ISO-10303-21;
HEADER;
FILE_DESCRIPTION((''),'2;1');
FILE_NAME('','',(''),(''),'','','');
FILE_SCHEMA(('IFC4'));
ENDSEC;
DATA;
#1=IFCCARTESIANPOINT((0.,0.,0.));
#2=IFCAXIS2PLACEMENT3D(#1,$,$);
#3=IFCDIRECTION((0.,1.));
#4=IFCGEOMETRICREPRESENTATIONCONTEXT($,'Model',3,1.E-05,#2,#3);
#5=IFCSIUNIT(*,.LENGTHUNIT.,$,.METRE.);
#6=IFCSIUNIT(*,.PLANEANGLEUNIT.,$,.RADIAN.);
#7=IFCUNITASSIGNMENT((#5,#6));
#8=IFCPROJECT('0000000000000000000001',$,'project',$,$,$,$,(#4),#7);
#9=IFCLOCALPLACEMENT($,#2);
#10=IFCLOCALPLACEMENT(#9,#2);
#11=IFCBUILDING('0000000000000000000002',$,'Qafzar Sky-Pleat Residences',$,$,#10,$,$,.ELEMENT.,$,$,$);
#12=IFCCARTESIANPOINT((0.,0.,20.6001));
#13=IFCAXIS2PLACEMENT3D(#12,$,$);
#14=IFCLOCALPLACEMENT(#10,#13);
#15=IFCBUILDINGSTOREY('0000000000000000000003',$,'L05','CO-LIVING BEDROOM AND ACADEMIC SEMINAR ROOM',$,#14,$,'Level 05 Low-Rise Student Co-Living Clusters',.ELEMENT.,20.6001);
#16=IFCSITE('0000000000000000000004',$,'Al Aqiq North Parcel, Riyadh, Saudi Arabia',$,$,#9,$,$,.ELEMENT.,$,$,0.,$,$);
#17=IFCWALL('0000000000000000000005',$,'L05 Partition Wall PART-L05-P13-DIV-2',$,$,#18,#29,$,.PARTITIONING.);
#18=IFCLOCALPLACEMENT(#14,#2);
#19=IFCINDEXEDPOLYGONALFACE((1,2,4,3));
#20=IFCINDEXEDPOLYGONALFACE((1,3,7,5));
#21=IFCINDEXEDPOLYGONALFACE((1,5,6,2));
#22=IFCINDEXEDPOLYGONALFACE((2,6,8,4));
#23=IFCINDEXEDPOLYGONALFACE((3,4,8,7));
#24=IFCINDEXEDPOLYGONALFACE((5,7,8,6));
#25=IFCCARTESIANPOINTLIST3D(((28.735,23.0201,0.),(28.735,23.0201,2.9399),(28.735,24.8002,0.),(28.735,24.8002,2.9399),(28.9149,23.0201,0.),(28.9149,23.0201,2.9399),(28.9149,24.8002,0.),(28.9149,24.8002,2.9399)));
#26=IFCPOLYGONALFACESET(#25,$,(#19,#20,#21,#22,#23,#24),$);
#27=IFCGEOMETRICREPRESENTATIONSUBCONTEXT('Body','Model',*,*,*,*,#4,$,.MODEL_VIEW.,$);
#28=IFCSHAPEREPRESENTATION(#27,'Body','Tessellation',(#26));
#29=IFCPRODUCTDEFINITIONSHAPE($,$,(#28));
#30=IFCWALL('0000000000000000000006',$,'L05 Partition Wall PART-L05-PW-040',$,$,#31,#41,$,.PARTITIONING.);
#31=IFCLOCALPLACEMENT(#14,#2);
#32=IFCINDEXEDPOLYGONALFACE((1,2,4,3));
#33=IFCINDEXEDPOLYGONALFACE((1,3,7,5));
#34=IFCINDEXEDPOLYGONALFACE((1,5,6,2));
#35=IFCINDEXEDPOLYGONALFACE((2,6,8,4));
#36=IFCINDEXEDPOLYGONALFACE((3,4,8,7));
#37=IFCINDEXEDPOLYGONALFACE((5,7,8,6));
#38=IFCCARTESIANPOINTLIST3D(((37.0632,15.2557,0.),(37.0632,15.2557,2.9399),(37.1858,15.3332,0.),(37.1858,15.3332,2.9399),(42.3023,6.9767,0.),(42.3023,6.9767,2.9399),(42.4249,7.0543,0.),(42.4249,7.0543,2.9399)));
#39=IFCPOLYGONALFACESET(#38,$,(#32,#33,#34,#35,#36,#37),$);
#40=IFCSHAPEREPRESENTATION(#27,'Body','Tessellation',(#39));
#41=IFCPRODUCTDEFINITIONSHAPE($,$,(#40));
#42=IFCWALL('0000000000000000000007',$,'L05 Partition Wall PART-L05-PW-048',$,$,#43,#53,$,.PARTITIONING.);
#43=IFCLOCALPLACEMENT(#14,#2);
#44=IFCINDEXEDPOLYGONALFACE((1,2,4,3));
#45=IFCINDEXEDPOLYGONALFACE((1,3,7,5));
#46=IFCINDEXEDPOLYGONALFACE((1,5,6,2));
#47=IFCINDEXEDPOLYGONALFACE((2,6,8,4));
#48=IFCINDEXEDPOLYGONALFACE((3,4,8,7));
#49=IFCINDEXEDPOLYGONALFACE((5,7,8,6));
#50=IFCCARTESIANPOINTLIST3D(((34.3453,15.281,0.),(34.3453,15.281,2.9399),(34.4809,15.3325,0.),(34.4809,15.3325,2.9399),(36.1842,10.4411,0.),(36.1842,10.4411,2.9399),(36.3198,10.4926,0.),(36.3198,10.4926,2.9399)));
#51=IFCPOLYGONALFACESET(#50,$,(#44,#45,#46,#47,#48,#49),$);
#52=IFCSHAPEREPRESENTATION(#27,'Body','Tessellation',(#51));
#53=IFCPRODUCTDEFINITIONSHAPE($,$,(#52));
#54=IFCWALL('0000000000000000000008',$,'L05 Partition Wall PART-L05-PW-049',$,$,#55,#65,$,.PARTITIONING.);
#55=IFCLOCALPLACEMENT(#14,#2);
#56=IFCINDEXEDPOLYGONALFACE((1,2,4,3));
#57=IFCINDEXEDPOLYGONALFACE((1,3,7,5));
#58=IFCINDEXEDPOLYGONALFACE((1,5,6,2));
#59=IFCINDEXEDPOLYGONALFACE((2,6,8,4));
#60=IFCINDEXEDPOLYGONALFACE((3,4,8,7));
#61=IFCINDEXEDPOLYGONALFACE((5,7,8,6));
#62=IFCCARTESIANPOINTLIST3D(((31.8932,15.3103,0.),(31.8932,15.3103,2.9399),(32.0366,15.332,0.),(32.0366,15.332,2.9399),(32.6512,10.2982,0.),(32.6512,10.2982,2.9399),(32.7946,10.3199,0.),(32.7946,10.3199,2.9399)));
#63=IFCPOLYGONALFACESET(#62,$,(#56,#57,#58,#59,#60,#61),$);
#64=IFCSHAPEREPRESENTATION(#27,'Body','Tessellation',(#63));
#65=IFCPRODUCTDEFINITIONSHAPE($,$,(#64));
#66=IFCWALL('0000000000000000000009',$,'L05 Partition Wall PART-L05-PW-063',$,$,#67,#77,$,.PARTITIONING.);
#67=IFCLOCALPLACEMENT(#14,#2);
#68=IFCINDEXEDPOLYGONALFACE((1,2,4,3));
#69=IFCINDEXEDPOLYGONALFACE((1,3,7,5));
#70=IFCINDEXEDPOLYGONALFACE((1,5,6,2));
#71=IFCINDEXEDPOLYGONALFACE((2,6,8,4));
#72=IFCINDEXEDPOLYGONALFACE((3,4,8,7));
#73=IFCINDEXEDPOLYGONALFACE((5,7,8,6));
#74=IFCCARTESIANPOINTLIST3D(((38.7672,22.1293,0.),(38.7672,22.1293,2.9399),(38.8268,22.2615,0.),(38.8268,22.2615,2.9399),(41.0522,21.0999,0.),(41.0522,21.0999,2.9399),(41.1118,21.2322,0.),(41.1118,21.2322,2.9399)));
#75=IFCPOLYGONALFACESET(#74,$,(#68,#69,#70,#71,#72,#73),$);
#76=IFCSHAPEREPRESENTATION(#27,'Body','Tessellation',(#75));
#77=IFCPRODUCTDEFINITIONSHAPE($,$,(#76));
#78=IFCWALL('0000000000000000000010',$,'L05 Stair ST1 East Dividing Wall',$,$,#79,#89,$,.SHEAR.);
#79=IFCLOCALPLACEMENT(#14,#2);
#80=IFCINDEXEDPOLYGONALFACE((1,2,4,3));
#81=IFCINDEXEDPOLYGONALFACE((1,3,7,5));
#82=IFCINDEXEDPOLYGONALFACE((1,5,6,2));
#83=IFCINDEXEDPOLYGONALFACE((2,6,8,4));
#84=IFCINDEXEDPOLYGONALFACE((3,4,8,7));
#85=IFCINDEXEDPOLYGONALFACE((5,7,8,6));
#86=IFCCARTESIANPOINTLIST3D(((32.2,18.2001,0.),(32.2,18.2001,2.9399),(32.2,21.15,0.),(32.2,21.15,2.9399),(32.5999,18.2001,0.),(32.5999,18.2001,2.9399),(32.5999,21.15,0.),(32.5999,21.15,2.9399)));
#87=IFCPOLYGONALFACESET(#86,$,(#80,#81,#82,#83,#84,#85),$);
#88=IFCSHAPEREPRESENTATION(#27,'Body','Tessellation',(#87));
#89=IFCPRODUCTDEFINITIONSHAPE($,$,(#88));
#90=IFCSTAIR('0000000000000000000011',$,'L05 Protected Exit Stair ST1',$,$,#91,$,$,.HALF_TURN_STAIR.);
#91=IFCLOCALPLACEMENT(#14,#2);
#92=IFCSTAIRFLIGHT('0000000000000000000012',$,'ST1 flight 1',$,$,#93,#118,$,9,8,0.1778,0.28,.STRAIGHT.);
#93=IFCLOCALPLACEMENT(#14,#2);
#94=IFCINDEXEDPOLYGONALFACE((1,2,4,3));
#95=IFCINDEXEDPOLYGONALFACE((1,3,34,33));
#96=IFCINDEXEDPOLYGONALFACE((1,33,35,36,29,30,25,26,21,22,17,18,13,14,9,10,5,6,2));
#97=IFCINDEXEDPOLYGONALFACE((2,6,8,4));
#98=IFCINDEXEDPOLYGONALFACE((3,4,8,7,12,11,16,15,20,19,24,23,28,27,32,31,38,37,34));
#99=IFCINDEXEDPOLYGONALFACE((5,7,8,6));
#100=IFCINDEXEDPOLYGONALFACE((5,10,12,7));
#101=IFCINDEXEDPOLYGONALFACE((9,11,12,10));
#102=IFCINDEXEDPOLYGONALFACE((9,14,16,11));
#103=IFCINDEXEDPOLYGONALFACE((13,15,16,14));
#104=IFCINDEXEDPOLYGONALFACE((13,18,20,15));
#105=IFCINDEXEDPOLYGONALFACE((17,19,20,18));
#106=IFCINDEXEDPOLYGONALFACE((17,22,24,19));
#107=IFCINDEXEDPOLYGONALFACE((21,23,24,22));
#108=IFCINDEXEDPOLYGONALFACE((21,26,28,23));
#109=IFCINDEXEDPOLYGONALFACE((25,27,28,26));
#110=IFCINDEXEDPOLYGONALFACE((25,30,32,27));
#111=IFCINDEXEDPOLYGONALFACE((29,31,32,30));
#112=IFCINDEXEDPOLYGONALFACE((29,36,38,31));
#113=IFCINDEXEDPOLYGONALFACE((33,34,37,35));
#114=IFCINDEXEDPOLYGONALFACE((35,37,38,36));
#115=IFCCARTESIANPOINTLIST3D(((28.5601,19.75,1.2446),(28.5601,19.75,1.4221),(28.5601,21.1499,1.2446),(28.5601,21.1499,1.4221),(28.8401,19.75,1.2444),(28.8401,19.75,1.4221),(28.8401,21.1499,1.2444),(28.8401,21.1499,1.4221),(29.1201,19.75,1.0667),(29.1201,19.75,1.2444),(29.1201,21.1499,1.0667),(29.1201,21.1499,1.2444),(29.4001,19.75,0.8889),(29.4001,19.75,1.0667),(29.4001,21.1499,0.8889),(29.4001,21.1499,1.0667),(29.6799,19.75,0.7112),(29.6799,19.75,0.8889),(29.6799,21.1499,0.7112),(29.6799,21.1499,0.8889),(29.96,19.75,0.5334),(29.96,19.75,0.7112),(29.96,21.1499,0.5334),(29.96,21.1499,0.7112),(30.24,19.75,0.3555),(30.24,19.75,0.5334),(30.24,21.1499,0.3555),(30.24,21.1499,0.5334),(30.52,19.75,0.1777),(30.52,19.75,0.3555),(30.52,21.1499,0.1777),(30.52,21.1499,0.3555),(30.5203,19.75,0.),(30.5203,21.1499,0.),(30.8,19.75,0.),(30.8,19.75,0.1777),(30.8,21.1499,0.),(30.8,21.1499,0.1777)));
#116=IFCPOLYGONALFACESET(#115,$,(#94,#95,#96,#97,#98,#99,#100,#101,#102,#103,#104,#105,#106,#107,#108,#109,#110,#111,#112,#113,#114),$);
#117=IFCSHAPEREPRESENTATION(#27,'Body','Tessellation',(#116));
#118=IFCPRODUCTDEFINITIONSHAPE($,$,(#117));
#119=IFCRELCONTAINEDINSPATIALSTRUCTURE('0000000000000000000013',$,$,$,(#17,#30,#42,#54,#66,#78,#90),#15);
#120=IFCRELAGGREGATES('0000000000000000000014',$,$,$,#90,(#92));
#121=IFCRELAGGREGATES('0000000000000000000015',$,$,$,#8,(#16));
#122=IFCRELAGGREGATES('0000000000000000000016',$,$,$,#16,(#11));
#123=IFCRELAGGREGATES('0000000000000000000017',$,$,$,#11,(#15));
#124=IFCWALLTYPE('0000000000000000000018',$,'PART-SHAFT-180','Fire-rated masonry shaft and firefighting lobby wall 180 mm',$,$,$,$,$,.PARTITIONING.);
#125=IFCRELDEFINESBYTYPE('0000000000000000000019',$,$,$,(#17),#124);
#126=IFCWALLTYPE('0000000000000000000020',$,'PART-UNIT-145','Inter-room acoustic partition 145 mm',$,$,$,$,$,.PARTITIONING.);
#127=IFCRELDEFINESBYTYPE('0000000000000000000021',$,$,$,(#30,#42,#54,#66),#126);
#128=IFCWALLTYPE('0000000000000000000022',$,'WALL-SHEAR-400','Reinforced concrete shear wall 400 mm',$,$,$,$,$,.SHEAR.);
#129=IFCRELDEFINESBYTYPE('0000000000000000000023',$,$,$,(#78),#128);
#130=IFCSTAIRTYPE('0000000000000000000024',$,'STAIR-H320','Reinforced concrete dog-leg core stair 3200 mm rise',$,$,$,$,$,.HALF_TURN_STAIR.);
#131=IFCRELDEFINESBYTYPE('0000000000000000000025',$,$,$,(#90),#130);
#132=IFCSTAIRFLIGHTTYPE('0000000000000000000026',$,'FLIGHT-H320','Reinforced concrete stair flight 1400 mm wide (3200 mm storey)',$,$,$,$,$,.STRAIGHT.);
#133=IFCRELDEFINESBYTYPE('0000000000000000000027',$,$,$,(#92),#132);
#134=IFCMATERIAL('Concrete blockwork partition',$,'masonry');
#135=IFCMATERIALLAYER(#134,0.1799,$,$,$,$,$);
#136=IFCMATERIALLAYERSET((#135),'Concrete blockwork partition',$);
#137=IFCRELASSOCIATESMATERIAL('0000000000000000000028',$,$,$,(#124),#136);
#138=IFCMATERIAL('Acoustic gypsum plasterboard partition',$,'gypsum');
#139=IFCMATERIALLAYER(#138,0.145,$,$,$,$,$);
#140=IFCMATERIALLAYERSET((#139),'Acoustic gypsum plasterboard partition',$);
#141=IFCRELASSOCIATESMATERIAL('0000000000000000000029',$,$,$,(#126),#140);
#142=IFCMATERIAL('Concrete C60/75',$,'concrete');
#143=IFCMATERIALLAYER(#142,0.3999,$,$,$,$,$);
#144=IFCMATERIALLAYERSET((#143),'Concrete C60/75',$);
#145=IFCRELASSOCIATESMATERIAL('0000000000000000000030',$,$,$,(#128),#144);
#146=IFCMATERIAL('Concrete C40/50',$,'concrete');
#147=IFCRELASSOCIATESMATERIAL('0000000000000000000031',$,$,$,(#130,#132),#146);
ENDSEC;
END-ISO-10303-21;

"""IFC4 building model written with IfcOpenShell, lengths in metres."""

from ifc_helpers import new_model, si_unit, direction, frame, frame_2d, origin, place, context, subcontext, project, spatial, polyline, rectangle, outline, extrude, source, transform, mapped, material, layer, layer_set, type_object, element, aggregate, save


model = new_model("IFC4")

# Units and contexts
model_context = context("Model", 3, precision=1e-05, world=origin(), true_north=direction((0.0, 1.0)))
body_context = subcontext(model_context, "Body", "Model", "MODEL_VIEW")
ifc_project = project(units=[si_unit("LENGTHUNIT", "METRE"), si_unit("PLANEANGLEUNIT", "RADIAN")], contexts=[model_context])

# Site, building, storey
site_placement = place(None, origin())
site = spatial("IfcSite", under=ifc_project, at=site_placement, Name="Al Aqiq North Parcel, Riyadh, Saudi Arabia", CompositionType="ELEMENT", RefElevation=0.0)
building_placement = place(site_placement, origin())
building = spatial("IfcBuilding", under=site, at=building_placement, Name="Qafzar Sky-Pleat Residences", CompositionType="ELEMENT")
storey_placement = place(building_placement, frame((0.0, 0.0, 20.6001)))
storey = spatial("IfcBuildingStorey", under=building, at=storey_placement, Name="L05", Description="CO-LIVING BEDROOM AND ACADEMIC SEMINAR ROOM", LongName="Level 05 Low-Rise Student Co-Living Clusters", CompositionType="ELEMENT", Elevation=20.6001)

# Shared definitions
ifc_material_1 = material(Name="Acoustic gypsum plasterboard partition", Category="gypsum")
ifc_material_2 = material(Name="Concrete blockwork partition", Category="masonry")
ifc_layer_1 = layer(ifc_material_2, 0.1799)
ifc_layer_set_1 = layer_set([ifc_layer_1], Name="Concrete blockwork partition")
wall_type_1 = type_object("IfcWallType", Name="PART-SHAFT-180", Description="Fire-rated masonry shaft and firefighting lobby wall 180 mm", PredefinedType="PARTITIONING", material=ifc_layer_set_1)

# Walls
wall_1_placement = place(storey_placement, frame((28.825, 23.02, 0.0), z_axis=(0.0, 0.0, 1.0), x_axis=(0.0, 1.0, 0.0)))
element("IfcWall", 1, at=wall_1_placement, inside=storey, type_object=wall_type_1, Name="L05 Partition Wall PART-L05-P13-DIV-2", PredefinedType="PARTITIONING", context=body_context, shape_type="SweptSolid", body=[
    extrude(rectangle(XDim=1.78, YDim=0.1799, at=frame_2d((0.8901, 0.0))), origin(), (0.0, 0.0, 1.0), 2.9399),
])
ifc_layer_2 = layer(ifc_material_1, 0.145)
ifc_layer_set_2 = layer_set([ifc_layer_2], Name="Acoustic gypsum plasterboard partition")
wall_type_2 = type_object("IfcWallType", Name="PART-UNIT-145", Description="Inter-room acoustic partition 145 mm", PredefinedType="PARTITIONING", material=ifc_layer_set_2)
wall_2_placement = place(storey_placement, frame((37.1245, 15.2944, 0.0), z_axis=(0.0, 0.0, 1.0), x_axis=(0.534744, -0.845014, 0.0)))
element("IfcWall", 2, at=wall_2_placement, inside=storey, type_object=wall_type_2, Name="L05 Partition Wall PART-L05-PW-040", PredefinedType="PARTITIONING", context=body_context, shape_type="SweptSolid", body=[
    extrude(rectangle(XDim=9.7974, YDim=0.145, at=frame_2d((4.8987, 0.0))), origin(), (0.0, 0.0, 1.0), 2.9399),
])
wall_3_placement = place(storey_placement, frame((34.4131, 15.3069, 0.0), z_axis=(0.0, 0.0, 1.0), x_axis=(0.355172, -0.934801, 0.0)))
element("IfcWall", 3, at=wall_3_placement, inside=storey, type_object=wall_type_2, Name="L05 Partition Wall PART-L05-PW-048", PredefinedType="PARTITIONING", context=body_context, shape_type="SweptSolid", body=[
    extrude(rectangle(XDim=5.1775, YDim=0.145, at=frame_2d((2.5889, 0.0))), origin(), (0.0, 0.0, 1.0), 2.9399),
])
wall_4_placement = place(storey_placement, frame((31.9648, 15.3213, 0.0), z_axis=(0.0, 0.0, 1.0), x_axis=(0.149541, -0.988755, 0.0)))
element("IfcWall", 4, at=wall_4_placement, inside=storey, type_object=wall_type_2, Name="L05 Partition Wall PART-L05-PW-049", PredefinedType="PARTITIONING", context=body_context, shape_type="SweptSolid", body=[
    extrude(rectangle(XDim=5.0691, YDim=0.145, at=frame_2d((2.5347, 0.0))), origin(), (0.0, 0.0, 1.0), 2.9399),
])
wall_5_placement = place(storey_placement, frame((38.7971, 22.1953, 0.0), z_axis=(0.0, 0.0, 1.0), x_axis=(0.911759, -0.410725, 0.0)))
element("IfcWall", 5, at=wall_5_placement, inside=storey, type_object=wall_type_2, Name="L05 Partition Wall PART-L05-PW-063", PredefinedType="PARTITIONING", context=body_context, shape_type="SweptSolid", body=[
    extrude(rectangle(XDim=2.5061, YDim=0.145, at=frame_2d((1.2529, 0.0))), origin(), (0.0, 0.0, 1.0), 2.9399),
])
ifc_material_3 = material(Name="Concrete C60/75", Category="concrete")
ifc_layer_3 = layer(ifc_material_3, 0.3999)
ifc_layer_set_3 = layer_set([ifc_layer_3], Name="Concrete C60/75")
wall_type_3 = type_object("IfcWallType", Name="WALL-SHEAR-400", Description="Reinforced concrete shear wall 400 mm", PredefinedType="SHEAR", material=ifc_layer_set_3)
wall_6_placement = place(storey_placement, frame((32.3999, 18.2, 0.0), z_axis=(0.0, 0.0, 1.0), x_axis=(0.0, 1.0, 0.0)))
element("IfcWall", 6, at=wall_6_placement, inside=storey, type_object=wall_type_3, Name="L05 Stair ST1 East Dividing Wall", PredefinedType="SHEAR", context=body_context, shape_type="SweptSolid", body=[
    extrude(rectangle(XDim=2.95, YDim=0.3999, at=frame_2d((1.4751, 0.0))), origin(), (0.0, 0.0, 1.0), 2.9399),
])

# Stair, stair flight
ifc_material_4 = material(Name="Concrete C40/50", Category="concrete")
stair_type = type_object("IfcStairType", Name="STAIR-H320", Description="Reinforced concrete dog-leg core stair 3200 mm rise", PredefinedType="HALF_TURN_STAIR", material=ifc_material_4)
stair_placement = place(storey_placement, origin())
stair = element("IfcStair", 7, at=stair_placement, inside=storey, type_object=stair_type, Name="L05 Protected Exit Stair ST1", PredefinedType="HALF_TURN_STAIR")
stair_flight_type = type_object("IfcStairFlightType", Name="FLIGHT-H320", Description="Reinforced concrete stair flight 1400 mm wide (3200 mm storey)", PredefinedType="STRAIGHT", material=ifc_material_4)
shared_shape_1 = source(origin(), body_context, "Body", "SweptSolid", [
    extrude(outline(polyline([(0.0, 0.0), (0.0, 0.1777), (0.28, 0.1777), (0.28, 0.3555), (0.5601, 0.3555), (0.5601, 0.5334), (0.8401, 0.5334), (0.8401, 0.7112), (1.1201, 0.7112), (1.1201, 0.8889), (1.3999, 0.8889), (1.3999, 1.0667), (1.6799, 1.0667), (1.6799, 1.2444), (1.96, 1.2444), (1.96, 1.4221), (2.24, 1.4221), (2.24, 1.6001), (2.24, 1.2446), (0.2798, 0.0), (0.0, 0.0)])), frame((0.0, 0.7, 0.0), z_axis=(0.0, -1.0, 0.0), x_axis=(1.0, 0.0, 0.0)), (0.0, 0.0, 1.0), 1.3999),
])
stair_flight_placement = place(storey_placement, frame((30.8, 20.45, 0.0), z_axis=(0.0, 0.0, 1.0), x_axis=(-1.0, 0.0, 0.0)))
stair_flight = element("IfcStairFlight", 8, at=stair_flight_placement, type_object=stair_flight_type, Name="ST1 flight 1", NumberOfRisers=9, NumberOfTreads=8, PredefinedType="STRAIGHT", RiserHeight=0.1778, TreadLength=0.28, context=body_context, shape_type="MappedRepresentation", body=[
    mapped(shared_shape_1, transform((0.0, 0.0, 0.0), x_axis=(1.0, 0.0, 0.0), y_axis=(0.0, 1.0, 0.0), z_axis=(0.0, 0.0, 1.0), scale=1.0)),
])
aggregate(stair, [stair_flight])

save(model, "model.ifc")
